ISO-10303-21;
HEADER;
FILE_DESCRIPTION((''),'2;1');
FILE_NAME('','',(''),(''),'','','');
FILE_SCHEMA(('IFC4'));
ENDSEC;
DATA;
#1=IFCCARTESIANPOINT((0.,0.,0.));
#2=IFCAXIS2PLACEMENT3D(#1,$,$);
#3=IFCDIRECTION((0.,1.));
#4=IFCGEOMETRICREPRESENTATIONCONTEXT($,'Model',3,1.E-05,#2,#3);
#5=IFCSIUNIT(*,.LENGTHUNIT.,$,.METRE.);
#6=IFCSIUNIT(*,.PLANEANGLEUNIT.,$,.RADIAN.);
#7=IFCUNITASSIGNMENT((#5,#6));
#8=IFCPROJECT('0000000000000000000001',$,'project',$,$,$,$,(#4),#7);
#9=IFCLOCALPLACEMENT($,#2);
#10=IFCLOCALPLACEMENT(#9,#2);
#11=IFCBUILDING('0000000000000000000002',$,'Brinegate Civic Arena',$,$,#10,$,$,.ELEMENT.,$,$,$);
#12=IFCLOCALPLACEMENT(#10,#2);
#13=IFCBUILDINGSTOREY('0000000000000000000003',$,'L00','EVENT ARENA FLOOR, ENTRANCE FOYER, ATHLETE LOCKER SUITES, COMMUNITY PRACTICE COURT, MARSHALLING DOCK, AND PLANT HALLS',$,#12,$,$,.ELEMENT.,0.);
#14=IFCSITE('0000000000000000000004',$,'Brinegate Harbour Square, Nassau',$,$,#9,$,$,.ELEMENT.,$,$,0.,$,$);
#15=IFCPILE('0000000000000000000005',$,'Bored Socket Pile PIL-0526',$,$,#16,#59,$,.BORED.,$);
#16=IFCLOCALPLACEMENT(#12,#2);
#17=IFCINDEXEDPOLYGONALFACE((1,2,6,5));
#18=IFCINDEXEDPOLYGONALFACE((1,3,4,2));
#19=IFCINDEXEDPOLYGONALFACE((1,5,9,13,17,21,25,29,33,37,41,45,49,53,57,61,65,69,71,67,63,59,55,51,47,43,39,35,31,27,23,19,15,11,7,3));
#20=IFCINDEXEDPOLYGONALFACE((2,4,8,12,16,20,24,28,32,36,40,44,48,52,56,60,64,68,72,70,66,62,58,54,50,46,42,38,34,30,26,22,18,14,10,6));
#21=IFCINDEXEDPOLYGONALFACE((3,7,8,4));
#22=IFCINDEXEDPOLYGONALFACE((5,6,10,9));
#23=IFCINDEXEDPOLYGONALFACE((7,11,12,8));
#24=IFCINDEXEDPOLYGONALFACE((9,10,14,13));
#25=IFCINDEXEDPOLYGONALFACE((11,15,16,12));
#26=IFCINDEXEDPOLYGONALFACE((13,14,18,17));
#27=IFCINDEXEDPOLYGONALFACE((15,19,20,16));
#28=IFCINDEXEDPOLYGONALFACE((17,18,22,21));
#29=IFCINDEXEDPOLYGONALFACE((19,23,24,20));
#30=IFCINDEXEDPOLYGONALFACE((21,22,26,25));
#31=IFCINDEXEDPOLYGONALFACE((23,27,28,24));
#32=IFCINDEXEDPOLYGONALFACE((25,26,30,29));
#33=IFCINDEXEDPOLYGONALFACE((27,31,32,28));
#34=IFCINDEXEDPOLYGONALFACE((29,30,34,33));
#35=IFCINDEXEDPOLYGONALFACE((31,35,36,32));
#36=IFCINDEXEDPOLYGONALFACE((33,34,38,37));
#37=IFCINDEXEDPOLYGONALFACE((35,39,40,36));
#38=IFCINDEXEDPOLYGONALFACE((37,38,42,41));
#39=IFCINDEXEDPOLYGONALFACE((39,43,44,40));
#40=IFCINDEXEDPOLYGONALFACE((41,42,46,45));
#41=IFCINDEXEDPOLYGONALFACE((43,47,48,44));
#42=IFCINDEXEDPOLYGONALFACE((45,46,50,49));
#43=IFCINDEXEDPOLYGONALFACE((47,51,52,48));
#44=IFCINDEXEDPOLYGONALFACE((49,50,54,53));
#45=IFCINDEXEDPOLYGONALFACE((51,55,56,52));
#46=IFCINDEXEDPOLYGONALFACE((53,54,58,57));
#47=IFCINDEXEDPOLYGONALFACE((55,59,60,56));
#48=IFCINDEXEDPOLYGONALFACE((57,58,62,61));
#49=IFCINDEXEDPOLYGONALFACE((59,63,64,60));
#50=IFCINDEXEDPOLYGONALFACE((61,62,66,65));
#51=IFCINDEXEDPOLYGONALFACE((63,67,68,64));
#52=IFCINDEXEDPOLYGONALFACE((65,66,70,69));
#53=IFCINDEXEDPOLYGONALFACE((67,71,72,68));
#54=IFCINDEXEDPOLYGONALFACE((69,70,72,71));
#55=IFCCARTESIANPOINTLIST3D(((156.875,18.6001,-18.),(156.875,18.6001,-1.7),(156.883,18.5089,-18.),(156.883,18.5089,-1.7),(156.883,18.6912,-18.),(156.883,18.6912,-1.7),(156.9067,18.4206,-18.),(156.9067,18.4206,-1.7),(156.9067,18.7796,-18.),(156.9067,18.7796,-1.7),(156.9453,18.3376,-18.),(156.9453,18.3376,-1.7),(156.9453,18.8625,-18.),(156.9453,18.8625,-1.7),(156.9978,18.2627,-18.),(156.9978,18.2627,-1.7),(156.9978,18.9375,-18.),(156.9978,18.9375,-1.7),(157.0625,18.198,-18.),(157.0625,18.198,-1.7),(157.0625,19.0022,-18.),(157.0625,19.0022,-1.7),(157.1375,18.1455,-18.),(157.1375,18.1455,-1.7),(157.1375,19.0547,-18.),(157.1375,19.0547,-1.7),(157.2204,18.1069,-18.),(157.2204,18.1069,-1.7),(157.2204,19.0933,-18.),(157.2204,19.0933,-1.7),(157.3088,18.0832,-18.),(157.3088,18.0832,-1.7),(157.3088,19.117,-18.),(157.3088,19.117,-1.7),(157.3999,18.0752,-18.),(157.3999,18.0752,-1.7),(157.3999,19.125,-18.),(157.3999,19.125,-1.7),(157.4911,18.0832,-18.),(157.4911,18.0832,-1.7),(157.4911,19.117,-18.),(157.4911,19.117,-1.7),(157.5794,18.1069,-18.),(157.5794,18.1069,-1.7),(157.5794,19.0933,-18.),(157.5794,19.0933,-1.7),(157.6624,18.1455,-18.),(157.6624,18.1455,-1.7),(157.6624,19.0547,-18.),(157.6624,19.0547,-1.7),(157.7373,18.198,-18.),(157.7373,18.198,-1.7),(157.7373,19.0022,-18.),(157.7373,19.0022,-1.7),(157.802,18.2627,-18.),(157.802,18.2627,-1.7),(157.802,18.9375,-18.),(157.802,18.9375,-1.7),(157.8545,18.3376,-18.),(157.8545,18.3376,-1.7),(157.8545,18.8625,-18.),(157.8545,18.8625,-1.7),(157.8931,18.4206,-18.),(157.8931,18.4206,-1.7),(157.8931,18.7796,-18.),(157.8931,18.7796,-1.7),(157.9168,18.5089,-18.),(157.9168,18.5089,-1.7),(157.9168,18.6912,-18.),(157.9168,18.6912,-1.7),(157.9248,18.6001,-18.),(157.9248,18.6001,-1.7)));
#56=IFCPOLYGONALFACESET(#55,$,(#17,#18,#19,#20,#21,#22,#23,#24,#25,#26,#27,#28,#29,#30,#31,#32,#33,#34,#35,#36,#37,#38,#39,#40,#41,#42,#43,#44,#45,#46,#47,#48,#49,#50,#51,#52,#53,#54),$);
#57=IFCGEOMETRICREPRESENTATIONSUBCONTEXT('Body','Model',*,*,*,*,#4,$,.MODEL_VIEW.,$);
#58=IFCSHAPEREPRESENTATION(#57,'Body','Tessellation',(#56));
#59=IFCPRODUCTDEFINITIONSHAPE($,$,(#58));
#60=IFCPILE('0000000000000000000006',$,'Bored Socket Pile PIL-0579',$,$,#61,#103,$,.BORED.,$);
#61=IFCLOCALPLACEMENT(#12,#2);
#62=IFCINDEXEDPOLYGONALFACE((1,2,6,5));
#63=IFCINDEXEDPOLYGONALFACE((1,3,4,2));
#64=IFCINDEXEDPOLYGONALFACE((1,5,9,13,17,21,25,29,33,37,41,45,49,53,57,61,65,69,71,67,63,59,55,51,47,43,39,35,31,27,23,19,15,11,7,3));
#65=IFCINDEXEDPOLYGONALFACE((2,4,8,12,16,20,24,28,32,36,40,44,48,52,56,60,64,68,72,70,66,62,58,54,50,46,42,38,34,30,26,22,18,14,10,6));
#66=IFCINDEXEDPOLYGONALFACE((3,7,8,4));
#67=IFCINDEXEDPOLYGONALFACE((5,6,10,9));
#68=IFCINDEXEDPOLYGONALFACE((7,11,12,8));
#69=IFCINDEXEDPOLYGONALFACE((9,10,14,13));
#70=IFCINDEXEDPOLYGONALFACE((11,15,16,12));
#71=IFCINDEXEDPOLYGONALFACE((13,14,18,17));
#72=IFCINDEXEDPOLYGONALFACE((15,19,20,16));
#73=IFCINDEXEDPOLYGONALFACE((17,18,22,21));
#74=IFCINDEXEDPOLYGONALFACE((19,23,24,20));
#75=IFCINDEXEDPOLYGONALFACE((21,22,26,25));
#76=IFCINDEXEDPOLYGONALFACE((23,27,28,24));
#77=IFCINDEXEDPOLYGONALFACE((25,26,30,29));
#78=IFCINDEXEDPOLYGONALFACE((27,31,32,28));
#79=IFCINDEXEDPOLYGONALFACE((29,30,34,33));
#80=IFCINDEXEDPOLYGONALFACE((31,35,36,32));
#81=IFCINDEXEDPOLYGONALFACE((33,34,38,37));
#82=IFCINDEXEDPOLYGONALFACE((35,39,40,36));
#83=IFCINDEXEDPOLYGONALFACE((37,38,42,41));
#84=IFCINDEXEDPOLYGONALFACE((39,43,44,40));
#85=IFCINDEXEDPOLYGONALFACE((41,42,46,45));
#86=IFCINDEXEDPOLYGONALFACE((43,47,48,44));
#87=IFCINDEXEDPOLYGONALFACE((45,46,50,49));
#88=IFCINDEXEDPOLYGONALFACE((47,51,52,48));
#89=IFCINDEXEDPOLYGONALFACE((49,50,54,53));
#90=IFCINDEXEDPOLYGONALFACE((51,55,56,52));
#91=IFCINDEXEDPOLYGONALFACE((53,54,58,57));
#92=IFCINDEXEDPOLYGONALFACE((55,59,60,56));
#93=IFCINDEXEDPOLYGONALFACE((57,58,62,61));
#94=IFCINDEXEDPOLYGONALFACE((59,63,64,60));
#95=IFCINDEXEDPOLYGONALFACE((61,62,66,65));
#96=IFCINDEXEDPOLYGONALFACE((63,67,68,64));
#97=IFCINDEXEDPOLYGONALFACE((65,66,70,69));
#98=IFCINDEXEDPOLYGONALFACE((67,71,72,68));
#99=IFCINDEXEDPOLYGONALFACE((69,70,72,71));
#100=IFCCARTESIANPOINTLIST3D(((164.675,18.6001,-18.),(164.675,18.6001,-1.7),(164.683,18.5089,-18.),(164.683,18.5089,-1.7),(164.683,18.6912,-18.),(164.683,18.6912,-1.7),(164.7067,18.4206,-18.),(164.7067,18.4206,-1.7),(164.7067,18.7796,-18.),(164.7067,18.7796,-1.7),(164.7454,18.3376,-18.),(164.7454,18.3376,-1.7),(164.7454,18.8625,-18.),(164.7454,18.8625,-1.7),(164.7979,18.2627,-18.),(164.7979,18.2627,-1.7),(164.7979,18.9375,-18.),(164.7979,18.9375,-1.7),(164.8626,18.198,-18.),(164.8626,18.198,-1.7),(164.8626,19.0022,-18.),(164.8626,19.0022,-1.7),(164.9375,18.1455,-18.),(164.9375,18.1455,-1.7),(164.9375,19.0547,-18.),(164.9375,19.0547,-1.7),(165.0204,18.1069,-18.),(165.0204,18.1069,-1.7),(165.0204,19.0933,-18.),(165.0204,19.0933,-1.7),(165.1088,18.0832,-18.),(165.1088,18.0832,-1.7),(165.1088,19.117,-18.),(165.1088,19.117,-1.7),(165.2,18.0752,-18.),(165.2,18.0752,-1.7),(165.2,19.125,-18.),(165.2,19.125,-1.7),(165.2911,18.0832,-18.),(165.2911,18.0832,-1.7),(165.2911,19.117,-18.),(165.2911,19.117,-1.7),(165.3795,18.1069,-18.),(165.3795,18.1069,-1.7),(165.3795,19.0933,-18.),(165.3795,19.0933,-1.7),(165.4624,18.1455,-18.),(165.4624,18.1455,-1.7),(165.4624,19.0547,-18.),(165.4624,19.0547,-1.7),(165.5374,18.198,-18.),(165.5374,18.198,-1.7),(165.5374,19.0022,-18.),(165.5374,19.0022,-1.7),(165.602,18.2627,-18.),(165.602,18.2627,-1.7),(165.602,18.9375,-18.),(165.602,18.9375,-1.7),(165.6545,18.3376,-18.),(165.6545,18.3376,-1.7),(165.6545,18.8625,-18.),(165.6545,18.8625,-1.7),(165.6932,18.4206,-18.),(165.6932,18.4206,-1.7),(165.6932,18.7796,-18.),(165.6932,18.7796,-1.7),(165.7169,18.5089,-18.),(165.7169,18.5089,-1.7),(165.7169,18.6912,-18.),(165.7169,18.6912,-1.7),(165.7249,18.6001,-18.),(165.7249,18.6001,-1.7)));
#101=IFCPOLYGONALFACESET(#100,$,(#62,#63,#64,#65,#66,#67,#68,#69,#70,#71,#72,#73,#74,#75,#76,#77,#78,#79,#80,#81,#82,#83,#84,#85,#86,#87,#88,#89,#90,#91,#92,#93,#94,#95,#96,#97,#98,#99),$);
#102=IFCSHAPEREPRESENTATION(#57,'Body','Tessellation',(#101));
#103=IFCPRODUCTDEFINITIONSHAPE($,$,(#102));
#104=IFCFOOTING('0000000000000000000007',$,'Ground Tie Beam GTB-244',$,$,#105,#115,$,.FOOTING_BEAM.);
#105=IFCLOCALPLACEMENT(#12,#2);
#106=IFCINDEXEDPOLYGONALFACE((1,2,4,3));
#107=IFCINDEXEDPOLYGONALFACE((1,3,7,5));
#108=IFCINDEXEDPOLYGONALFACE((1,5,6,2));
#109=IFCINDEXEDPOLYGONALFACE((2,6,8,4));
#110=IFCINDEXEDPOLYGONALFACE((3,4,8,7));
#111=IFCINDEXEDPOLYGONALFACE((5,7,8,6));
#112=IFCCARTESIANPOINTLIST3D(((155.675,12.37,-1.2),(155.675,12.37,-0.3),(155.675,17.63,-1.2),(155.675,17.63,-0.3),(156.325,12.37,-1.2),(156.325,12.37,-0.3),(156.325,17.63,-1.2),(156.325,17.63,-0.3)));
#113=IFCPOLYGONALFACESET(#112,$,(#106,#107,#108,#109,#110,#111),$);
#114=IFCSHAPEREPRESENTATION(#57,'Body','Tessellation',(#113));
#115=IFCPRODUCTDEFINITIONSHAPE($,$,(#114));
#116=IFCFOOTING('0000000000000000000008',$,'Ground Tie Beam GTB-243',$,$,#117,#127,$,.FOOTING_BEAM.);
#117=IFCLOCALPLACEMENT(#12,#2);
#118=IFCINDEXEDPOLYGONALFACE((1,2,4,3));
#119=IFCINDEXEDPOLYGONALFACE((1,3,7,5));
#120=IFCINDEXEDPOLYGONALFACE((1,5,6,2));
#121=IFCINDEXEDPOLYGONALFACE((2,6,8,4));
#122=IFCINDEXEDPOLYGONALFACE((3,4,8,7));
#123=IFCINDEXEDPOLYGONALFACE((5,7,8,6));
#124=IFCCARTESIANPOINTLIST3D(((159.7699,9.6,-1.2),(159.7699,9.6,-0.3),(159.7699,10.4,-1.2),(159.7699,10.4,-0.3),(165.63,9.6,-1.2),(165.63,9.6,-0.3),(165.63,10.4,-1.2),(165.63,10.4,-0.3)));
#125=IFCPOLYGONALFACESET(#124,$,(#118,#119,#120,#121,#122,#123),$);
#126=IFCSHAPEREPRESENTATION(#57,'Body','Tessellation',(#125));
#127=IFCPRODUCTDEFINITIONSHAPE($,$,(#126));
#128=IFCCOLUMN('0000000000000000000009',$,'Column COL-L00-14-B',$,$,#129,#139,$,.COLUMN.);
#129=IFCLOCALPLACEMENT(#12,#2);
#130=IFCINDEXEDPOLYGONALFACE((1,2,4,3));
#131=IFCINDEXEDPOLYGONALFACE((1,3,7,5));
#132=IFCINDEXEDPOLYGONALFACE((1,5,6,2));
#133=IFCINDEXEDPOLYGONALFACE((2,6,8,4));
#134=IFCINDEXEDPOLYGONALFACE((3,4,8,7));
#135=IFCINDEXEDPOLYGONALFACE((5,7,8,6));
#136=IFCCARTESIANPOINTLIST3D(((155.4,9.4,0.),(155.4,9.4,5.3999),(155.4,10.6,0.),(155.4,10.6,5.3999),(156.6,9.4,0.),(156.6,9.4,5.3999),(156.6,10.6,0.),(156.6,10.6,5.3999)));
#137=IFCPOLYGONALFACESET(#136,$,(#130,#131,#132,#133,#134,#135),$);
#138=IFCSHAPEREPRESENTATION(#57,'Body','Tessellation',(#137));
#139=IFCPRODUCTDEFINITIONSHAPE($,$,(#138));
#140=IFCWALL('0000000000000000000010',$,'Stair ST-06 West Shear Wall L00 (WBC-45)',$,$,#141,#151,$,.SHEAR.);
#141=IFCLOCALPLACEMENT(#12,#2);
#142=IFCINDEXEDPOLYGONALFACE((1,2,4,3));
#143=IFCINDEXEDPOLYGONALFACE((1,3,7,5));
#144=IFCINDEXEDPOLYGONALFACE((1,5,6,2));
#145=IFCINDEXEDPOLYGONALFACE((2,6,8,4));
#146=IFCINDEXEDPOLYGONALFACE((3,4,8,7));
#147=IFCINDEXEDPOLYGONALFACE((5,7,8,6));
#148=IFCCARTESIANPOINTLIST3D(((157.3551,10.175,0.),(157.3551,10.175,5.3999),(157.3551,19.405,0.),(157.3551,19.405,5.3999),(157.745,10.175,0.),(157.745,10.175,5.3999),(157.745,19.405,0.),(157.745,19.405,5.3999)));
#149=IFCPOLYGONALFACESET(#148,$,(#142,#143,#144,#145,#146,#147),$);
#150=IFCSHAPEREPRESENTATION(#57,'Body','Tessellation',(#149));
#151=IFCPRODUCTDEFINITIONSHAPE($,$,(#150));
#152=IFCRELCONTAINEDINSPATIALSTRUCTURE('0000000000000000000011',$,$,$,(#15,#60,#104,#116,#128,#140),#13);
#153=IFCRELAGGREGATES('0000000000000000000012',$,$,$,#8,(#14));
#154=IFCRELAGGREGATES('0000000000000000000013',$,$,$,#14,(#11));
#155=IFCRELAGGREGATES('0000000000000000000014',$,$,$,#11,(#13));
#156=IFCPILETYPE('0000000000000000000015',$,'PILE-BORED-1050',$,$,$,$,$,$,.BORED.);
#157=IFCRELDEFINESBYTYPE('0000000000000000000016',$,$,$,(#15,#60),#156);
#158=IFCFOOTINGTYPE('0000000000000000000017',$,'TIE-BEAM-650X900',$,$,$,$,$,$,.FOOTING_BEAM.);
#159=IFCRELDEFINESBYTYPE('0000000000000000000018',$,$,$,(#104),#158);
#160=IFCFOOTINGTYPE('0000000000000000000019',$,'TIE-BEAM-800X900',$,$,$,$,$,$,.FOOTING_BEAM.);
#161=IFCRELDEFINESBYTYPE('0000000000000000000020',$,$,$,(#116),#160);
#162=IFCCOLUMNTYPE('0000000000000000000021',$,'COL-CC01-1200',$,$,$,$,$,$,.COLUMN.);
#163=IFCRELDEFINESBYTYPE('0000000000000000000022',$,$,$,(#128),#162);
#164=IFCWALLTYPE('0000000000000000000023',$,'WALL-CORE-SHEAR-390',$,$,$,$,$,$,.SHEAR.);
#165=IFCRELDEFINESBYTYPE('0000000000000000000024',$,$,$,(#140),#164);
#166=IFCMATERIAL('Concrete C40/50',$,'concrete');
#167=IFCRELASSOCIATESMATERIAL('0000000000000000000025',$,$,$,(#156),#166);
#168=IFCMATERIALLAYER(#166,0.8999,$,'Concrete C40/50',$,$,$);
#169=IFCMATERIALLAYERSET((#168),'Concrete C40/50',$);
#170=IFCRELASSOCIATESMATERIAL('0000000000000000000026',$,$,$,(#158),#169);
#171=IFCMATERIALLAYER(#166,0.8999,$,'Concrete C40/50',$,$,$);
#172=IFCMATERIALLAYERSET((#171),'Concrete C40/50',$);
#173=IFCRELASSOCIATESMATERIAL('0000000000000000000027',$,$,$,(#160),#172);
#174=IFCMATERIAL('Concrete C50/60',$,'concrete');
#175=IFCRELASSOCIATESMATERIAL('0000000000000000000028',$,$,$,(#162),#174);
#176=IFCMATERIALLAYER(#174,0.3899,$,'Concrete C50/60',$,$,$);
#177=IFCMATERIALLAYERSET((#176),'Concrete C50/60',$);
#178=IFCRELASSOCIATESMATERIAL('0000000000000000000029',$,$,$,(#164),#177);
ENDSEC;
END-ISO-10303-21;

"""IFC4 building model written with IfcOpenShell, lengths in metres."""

from ifc_helpers import new_model, si_unit, direction, frame, frame_2d, origin, origin_2d, place, context, subcontext, project, spatial, rectangle, circle, extrude, material, layer, layer_set, material_profile, profile_set, type_object, element, save


model = new_model("IFC4")

# Units and contexts
model_context = context("Model", 3, precision=1e-05, world=origin(), true_north=direction((0.0, 1.0)))
body_context = subcontext(model_context, "Body", "Model", "MODEL_VIEW")
ifc_project = project(units=[si_unit("LENGTHUNIT", "METRE"), si_unit("PLANEANGLEUNIT", "RADIAN")], contexts=[model_context])

# Site, building, storey
site_placement = place(None, origin())
site = spatial("IfcSite", under=ifc_project, at=site_placement, Name="Brinegate Harbour Square, Nassau", CompositionType="ELEMENT", RefElevation=0.0)
building_placement = place(site_placement, origin())
building = spatial("IfcBuilding", under=site, at=building_placement, Name="Brinegate Civic Arena", CompositionType="ELEMENT")
storey_placement = place(building_placement, origin())
storey = spatial("IfcBuildingStorey", under=building, at=storey_placement, Name="L00", Description="EVENT ARENA FLOOR, ENTRANCE FOYER, ATHLETE LOCKER SUITES, COMMUNITY PRACTICE COURT, MARSHALLING DOCK, AND PLANT HALLS", CompositionType="ELEMENT", Elevation=0.0)

# Shared definitions
ifc_material_1 = material(Name="Concrete C40/50", Category="concrete")

# Piles
ifc_material_profile_1 = material_profile(ifc_material_1, circle(Radius=0.5249, at=origin_2d()), Name="PILED1050")
ifc_profile_set_1 = profile_set([ifc_material_profile_1], Name="Concrete C40/50")
pile_type = type_object("IfcPileType", Name="PILE-BORED-1050", PredefinedType="BORED", material=ifc_profile_set_1)
for number, where, z_axis, x_axis, name in (
    (1, (157.3999, 18.6001, -1.7), (0.0, 0.0, -1.0), (1.0, 0.0, 0.0), "Bored Socket Pile PIL-0526"),
    (2, (165.2, 18.6001, -1.7), (0.0, 0.0, -1.0), (1.0, 0.0, 0.0), "Bored Socket Pile PIL-0579"),
):
    element("IfcPile", number, at=place(storey_placement, frame(where, z_axis=z_axis, x_axis=x_axis)), inside=storey, type_object=pile_type, Name=name, PredefinedType="BORED", context=body_context, shape_type="SweptSolid", body=[
        extrude(circle(Radius=0.5249, at=origin_2d()), origin(), (0.0, 0.0, 1.0), 16.3),
    ])

# Footings
ifc_layer_1 = layer(ifc_material_1, 0.8999, Name="Concrete C40/50")
ifc_layer_set_1 = layer_set([ifc_layer_1], Name="Concrete C40/50")
footing_type_1 = type_object("IfcFootingType", Name="TIE-BEAM-650X900", PredefinedType="FOOTING_BEAM", material=ifc_layer_set_1)
footing_1_placement = place(storey_placement, frame((156.0, 15.0, -1.2), z_axis=(0.0, 0.0, 1.0), x_axis=(0.0, 1.0, 0.0)))
element("IfcFooting", 3, at=footing_1_placement, inside=storey, type_object=footing_type_1, Name="Ground Tie Beam GTB-244", PredefinedType="FOOTING_BEAM", context=body_context, shape_type="SweptSolid", body=[
    extrude(rectangle(XDim=5.26, YDim=0.6499, at=origin_2d()), origin(), (0.0, 0.0, 1.0), 0.8999),
])
ifc_layer_2 = layer(ifc_material_1, 0.8999, Name="Concrete C40/50")
ifc_layer_set_2 = layer_set([ifc_layer_2], Name="Concrete C40/50")
footing_type_2 = type_object("IfcFootingType", Name="TIE-BEAM-800X900", PredefinedType="FOOTING_BEAM", material=ifc_layer_set_2)
footing_2_placement = place(storey_placement, frame((162.7, 10.0, -1.2), z_axis=(0.0, 0.0, 1.0), x_axis=(1.0, 0.0, 0.0)))
element("IfcFooting", 4, at=footing_2_placement, inside=storey, type_object=footing_type_2, Name="Ground Tie Beam GTB-243", PredefinedType="FOOTING_BEAM", context=body_context, shape_type="SweptSolid", body=[
    extrude(rectangle(XDim=5.8601, YDim=0.8, at=origin_2d()), origin(), (0.0, 0.0, 1.0), 0.8999),
])

# Column
ifc_material_2 = material(Name="Concrete C50/60", Category="concrete")
ifc_material_profile_2 = material_profile(ifc_material_2, rectangle(XDim=1.2, YDim=1.2, at=origin_2d()), Name="RC1200X1200")
ifc_profile_set_2 = profile_set([ifc_material_profile_2], Name="Concrete C50/60")
column_type = type_object("IfcColumnType", Name="COL-CC01-1200", PredefinedType="COLUMN", material=ifc_profile_set_2)
column_placement = place(storey_placement, frame((156.0, 10.0, 0.0), z_axis=(0.0, 0.0, 1.0), x_axis=(1.0, 0.0, 0.0)))
element("IfcColumn", 5, at=column_placement, inside=storey, type_object=column_type, Name="Column COL-L00-14-B", PredefinedType="COLUMN", context=body_context, shape_type="SweptSolid", body=[
    extrude(rectangle(XDim=1.2, YDim=1.2, at=origin_2d()), origin(), (0.0, 0.0, 1.0), 5.3999),
])

# Wall
ifc_layer_3 = layer(ifc_material_2, 0.3899, Name="Concrete C50/60")
ifc_layer_set_3 = layer_set([ifc_layer_3], Name="Concrete C50/60")
wall_type_1 = type_object("IfcWallType", Name="WALL-CORE-SHEAR-390", PredefinedType="SHEAR", material=ifc_layer_set_3)
wall_1_placement = place(storey_placement, frame((157.55, 10.175, 0.0), z_axis=(0.0, 0.0, 1.0), x_axis=(0.0, 1.0, 0.0)))
element("IfcWall", 6, at=wall_1_placement, inside=storey, type_object=wall_type_1, Name="Stair ST-06 West Shear Wall L00 (WBC-45)", PredefinedType="SHEAR", context=body_context, shape_type="SweptSolid", body=[
    extrude(rectangle(XDim=9.23, YDim=0.3899, at=frame_2d((4.615, 0.0))), origin(), (0.0, 0.0, 1.0), 5.3999),
])

save(model, "model.ifc")
